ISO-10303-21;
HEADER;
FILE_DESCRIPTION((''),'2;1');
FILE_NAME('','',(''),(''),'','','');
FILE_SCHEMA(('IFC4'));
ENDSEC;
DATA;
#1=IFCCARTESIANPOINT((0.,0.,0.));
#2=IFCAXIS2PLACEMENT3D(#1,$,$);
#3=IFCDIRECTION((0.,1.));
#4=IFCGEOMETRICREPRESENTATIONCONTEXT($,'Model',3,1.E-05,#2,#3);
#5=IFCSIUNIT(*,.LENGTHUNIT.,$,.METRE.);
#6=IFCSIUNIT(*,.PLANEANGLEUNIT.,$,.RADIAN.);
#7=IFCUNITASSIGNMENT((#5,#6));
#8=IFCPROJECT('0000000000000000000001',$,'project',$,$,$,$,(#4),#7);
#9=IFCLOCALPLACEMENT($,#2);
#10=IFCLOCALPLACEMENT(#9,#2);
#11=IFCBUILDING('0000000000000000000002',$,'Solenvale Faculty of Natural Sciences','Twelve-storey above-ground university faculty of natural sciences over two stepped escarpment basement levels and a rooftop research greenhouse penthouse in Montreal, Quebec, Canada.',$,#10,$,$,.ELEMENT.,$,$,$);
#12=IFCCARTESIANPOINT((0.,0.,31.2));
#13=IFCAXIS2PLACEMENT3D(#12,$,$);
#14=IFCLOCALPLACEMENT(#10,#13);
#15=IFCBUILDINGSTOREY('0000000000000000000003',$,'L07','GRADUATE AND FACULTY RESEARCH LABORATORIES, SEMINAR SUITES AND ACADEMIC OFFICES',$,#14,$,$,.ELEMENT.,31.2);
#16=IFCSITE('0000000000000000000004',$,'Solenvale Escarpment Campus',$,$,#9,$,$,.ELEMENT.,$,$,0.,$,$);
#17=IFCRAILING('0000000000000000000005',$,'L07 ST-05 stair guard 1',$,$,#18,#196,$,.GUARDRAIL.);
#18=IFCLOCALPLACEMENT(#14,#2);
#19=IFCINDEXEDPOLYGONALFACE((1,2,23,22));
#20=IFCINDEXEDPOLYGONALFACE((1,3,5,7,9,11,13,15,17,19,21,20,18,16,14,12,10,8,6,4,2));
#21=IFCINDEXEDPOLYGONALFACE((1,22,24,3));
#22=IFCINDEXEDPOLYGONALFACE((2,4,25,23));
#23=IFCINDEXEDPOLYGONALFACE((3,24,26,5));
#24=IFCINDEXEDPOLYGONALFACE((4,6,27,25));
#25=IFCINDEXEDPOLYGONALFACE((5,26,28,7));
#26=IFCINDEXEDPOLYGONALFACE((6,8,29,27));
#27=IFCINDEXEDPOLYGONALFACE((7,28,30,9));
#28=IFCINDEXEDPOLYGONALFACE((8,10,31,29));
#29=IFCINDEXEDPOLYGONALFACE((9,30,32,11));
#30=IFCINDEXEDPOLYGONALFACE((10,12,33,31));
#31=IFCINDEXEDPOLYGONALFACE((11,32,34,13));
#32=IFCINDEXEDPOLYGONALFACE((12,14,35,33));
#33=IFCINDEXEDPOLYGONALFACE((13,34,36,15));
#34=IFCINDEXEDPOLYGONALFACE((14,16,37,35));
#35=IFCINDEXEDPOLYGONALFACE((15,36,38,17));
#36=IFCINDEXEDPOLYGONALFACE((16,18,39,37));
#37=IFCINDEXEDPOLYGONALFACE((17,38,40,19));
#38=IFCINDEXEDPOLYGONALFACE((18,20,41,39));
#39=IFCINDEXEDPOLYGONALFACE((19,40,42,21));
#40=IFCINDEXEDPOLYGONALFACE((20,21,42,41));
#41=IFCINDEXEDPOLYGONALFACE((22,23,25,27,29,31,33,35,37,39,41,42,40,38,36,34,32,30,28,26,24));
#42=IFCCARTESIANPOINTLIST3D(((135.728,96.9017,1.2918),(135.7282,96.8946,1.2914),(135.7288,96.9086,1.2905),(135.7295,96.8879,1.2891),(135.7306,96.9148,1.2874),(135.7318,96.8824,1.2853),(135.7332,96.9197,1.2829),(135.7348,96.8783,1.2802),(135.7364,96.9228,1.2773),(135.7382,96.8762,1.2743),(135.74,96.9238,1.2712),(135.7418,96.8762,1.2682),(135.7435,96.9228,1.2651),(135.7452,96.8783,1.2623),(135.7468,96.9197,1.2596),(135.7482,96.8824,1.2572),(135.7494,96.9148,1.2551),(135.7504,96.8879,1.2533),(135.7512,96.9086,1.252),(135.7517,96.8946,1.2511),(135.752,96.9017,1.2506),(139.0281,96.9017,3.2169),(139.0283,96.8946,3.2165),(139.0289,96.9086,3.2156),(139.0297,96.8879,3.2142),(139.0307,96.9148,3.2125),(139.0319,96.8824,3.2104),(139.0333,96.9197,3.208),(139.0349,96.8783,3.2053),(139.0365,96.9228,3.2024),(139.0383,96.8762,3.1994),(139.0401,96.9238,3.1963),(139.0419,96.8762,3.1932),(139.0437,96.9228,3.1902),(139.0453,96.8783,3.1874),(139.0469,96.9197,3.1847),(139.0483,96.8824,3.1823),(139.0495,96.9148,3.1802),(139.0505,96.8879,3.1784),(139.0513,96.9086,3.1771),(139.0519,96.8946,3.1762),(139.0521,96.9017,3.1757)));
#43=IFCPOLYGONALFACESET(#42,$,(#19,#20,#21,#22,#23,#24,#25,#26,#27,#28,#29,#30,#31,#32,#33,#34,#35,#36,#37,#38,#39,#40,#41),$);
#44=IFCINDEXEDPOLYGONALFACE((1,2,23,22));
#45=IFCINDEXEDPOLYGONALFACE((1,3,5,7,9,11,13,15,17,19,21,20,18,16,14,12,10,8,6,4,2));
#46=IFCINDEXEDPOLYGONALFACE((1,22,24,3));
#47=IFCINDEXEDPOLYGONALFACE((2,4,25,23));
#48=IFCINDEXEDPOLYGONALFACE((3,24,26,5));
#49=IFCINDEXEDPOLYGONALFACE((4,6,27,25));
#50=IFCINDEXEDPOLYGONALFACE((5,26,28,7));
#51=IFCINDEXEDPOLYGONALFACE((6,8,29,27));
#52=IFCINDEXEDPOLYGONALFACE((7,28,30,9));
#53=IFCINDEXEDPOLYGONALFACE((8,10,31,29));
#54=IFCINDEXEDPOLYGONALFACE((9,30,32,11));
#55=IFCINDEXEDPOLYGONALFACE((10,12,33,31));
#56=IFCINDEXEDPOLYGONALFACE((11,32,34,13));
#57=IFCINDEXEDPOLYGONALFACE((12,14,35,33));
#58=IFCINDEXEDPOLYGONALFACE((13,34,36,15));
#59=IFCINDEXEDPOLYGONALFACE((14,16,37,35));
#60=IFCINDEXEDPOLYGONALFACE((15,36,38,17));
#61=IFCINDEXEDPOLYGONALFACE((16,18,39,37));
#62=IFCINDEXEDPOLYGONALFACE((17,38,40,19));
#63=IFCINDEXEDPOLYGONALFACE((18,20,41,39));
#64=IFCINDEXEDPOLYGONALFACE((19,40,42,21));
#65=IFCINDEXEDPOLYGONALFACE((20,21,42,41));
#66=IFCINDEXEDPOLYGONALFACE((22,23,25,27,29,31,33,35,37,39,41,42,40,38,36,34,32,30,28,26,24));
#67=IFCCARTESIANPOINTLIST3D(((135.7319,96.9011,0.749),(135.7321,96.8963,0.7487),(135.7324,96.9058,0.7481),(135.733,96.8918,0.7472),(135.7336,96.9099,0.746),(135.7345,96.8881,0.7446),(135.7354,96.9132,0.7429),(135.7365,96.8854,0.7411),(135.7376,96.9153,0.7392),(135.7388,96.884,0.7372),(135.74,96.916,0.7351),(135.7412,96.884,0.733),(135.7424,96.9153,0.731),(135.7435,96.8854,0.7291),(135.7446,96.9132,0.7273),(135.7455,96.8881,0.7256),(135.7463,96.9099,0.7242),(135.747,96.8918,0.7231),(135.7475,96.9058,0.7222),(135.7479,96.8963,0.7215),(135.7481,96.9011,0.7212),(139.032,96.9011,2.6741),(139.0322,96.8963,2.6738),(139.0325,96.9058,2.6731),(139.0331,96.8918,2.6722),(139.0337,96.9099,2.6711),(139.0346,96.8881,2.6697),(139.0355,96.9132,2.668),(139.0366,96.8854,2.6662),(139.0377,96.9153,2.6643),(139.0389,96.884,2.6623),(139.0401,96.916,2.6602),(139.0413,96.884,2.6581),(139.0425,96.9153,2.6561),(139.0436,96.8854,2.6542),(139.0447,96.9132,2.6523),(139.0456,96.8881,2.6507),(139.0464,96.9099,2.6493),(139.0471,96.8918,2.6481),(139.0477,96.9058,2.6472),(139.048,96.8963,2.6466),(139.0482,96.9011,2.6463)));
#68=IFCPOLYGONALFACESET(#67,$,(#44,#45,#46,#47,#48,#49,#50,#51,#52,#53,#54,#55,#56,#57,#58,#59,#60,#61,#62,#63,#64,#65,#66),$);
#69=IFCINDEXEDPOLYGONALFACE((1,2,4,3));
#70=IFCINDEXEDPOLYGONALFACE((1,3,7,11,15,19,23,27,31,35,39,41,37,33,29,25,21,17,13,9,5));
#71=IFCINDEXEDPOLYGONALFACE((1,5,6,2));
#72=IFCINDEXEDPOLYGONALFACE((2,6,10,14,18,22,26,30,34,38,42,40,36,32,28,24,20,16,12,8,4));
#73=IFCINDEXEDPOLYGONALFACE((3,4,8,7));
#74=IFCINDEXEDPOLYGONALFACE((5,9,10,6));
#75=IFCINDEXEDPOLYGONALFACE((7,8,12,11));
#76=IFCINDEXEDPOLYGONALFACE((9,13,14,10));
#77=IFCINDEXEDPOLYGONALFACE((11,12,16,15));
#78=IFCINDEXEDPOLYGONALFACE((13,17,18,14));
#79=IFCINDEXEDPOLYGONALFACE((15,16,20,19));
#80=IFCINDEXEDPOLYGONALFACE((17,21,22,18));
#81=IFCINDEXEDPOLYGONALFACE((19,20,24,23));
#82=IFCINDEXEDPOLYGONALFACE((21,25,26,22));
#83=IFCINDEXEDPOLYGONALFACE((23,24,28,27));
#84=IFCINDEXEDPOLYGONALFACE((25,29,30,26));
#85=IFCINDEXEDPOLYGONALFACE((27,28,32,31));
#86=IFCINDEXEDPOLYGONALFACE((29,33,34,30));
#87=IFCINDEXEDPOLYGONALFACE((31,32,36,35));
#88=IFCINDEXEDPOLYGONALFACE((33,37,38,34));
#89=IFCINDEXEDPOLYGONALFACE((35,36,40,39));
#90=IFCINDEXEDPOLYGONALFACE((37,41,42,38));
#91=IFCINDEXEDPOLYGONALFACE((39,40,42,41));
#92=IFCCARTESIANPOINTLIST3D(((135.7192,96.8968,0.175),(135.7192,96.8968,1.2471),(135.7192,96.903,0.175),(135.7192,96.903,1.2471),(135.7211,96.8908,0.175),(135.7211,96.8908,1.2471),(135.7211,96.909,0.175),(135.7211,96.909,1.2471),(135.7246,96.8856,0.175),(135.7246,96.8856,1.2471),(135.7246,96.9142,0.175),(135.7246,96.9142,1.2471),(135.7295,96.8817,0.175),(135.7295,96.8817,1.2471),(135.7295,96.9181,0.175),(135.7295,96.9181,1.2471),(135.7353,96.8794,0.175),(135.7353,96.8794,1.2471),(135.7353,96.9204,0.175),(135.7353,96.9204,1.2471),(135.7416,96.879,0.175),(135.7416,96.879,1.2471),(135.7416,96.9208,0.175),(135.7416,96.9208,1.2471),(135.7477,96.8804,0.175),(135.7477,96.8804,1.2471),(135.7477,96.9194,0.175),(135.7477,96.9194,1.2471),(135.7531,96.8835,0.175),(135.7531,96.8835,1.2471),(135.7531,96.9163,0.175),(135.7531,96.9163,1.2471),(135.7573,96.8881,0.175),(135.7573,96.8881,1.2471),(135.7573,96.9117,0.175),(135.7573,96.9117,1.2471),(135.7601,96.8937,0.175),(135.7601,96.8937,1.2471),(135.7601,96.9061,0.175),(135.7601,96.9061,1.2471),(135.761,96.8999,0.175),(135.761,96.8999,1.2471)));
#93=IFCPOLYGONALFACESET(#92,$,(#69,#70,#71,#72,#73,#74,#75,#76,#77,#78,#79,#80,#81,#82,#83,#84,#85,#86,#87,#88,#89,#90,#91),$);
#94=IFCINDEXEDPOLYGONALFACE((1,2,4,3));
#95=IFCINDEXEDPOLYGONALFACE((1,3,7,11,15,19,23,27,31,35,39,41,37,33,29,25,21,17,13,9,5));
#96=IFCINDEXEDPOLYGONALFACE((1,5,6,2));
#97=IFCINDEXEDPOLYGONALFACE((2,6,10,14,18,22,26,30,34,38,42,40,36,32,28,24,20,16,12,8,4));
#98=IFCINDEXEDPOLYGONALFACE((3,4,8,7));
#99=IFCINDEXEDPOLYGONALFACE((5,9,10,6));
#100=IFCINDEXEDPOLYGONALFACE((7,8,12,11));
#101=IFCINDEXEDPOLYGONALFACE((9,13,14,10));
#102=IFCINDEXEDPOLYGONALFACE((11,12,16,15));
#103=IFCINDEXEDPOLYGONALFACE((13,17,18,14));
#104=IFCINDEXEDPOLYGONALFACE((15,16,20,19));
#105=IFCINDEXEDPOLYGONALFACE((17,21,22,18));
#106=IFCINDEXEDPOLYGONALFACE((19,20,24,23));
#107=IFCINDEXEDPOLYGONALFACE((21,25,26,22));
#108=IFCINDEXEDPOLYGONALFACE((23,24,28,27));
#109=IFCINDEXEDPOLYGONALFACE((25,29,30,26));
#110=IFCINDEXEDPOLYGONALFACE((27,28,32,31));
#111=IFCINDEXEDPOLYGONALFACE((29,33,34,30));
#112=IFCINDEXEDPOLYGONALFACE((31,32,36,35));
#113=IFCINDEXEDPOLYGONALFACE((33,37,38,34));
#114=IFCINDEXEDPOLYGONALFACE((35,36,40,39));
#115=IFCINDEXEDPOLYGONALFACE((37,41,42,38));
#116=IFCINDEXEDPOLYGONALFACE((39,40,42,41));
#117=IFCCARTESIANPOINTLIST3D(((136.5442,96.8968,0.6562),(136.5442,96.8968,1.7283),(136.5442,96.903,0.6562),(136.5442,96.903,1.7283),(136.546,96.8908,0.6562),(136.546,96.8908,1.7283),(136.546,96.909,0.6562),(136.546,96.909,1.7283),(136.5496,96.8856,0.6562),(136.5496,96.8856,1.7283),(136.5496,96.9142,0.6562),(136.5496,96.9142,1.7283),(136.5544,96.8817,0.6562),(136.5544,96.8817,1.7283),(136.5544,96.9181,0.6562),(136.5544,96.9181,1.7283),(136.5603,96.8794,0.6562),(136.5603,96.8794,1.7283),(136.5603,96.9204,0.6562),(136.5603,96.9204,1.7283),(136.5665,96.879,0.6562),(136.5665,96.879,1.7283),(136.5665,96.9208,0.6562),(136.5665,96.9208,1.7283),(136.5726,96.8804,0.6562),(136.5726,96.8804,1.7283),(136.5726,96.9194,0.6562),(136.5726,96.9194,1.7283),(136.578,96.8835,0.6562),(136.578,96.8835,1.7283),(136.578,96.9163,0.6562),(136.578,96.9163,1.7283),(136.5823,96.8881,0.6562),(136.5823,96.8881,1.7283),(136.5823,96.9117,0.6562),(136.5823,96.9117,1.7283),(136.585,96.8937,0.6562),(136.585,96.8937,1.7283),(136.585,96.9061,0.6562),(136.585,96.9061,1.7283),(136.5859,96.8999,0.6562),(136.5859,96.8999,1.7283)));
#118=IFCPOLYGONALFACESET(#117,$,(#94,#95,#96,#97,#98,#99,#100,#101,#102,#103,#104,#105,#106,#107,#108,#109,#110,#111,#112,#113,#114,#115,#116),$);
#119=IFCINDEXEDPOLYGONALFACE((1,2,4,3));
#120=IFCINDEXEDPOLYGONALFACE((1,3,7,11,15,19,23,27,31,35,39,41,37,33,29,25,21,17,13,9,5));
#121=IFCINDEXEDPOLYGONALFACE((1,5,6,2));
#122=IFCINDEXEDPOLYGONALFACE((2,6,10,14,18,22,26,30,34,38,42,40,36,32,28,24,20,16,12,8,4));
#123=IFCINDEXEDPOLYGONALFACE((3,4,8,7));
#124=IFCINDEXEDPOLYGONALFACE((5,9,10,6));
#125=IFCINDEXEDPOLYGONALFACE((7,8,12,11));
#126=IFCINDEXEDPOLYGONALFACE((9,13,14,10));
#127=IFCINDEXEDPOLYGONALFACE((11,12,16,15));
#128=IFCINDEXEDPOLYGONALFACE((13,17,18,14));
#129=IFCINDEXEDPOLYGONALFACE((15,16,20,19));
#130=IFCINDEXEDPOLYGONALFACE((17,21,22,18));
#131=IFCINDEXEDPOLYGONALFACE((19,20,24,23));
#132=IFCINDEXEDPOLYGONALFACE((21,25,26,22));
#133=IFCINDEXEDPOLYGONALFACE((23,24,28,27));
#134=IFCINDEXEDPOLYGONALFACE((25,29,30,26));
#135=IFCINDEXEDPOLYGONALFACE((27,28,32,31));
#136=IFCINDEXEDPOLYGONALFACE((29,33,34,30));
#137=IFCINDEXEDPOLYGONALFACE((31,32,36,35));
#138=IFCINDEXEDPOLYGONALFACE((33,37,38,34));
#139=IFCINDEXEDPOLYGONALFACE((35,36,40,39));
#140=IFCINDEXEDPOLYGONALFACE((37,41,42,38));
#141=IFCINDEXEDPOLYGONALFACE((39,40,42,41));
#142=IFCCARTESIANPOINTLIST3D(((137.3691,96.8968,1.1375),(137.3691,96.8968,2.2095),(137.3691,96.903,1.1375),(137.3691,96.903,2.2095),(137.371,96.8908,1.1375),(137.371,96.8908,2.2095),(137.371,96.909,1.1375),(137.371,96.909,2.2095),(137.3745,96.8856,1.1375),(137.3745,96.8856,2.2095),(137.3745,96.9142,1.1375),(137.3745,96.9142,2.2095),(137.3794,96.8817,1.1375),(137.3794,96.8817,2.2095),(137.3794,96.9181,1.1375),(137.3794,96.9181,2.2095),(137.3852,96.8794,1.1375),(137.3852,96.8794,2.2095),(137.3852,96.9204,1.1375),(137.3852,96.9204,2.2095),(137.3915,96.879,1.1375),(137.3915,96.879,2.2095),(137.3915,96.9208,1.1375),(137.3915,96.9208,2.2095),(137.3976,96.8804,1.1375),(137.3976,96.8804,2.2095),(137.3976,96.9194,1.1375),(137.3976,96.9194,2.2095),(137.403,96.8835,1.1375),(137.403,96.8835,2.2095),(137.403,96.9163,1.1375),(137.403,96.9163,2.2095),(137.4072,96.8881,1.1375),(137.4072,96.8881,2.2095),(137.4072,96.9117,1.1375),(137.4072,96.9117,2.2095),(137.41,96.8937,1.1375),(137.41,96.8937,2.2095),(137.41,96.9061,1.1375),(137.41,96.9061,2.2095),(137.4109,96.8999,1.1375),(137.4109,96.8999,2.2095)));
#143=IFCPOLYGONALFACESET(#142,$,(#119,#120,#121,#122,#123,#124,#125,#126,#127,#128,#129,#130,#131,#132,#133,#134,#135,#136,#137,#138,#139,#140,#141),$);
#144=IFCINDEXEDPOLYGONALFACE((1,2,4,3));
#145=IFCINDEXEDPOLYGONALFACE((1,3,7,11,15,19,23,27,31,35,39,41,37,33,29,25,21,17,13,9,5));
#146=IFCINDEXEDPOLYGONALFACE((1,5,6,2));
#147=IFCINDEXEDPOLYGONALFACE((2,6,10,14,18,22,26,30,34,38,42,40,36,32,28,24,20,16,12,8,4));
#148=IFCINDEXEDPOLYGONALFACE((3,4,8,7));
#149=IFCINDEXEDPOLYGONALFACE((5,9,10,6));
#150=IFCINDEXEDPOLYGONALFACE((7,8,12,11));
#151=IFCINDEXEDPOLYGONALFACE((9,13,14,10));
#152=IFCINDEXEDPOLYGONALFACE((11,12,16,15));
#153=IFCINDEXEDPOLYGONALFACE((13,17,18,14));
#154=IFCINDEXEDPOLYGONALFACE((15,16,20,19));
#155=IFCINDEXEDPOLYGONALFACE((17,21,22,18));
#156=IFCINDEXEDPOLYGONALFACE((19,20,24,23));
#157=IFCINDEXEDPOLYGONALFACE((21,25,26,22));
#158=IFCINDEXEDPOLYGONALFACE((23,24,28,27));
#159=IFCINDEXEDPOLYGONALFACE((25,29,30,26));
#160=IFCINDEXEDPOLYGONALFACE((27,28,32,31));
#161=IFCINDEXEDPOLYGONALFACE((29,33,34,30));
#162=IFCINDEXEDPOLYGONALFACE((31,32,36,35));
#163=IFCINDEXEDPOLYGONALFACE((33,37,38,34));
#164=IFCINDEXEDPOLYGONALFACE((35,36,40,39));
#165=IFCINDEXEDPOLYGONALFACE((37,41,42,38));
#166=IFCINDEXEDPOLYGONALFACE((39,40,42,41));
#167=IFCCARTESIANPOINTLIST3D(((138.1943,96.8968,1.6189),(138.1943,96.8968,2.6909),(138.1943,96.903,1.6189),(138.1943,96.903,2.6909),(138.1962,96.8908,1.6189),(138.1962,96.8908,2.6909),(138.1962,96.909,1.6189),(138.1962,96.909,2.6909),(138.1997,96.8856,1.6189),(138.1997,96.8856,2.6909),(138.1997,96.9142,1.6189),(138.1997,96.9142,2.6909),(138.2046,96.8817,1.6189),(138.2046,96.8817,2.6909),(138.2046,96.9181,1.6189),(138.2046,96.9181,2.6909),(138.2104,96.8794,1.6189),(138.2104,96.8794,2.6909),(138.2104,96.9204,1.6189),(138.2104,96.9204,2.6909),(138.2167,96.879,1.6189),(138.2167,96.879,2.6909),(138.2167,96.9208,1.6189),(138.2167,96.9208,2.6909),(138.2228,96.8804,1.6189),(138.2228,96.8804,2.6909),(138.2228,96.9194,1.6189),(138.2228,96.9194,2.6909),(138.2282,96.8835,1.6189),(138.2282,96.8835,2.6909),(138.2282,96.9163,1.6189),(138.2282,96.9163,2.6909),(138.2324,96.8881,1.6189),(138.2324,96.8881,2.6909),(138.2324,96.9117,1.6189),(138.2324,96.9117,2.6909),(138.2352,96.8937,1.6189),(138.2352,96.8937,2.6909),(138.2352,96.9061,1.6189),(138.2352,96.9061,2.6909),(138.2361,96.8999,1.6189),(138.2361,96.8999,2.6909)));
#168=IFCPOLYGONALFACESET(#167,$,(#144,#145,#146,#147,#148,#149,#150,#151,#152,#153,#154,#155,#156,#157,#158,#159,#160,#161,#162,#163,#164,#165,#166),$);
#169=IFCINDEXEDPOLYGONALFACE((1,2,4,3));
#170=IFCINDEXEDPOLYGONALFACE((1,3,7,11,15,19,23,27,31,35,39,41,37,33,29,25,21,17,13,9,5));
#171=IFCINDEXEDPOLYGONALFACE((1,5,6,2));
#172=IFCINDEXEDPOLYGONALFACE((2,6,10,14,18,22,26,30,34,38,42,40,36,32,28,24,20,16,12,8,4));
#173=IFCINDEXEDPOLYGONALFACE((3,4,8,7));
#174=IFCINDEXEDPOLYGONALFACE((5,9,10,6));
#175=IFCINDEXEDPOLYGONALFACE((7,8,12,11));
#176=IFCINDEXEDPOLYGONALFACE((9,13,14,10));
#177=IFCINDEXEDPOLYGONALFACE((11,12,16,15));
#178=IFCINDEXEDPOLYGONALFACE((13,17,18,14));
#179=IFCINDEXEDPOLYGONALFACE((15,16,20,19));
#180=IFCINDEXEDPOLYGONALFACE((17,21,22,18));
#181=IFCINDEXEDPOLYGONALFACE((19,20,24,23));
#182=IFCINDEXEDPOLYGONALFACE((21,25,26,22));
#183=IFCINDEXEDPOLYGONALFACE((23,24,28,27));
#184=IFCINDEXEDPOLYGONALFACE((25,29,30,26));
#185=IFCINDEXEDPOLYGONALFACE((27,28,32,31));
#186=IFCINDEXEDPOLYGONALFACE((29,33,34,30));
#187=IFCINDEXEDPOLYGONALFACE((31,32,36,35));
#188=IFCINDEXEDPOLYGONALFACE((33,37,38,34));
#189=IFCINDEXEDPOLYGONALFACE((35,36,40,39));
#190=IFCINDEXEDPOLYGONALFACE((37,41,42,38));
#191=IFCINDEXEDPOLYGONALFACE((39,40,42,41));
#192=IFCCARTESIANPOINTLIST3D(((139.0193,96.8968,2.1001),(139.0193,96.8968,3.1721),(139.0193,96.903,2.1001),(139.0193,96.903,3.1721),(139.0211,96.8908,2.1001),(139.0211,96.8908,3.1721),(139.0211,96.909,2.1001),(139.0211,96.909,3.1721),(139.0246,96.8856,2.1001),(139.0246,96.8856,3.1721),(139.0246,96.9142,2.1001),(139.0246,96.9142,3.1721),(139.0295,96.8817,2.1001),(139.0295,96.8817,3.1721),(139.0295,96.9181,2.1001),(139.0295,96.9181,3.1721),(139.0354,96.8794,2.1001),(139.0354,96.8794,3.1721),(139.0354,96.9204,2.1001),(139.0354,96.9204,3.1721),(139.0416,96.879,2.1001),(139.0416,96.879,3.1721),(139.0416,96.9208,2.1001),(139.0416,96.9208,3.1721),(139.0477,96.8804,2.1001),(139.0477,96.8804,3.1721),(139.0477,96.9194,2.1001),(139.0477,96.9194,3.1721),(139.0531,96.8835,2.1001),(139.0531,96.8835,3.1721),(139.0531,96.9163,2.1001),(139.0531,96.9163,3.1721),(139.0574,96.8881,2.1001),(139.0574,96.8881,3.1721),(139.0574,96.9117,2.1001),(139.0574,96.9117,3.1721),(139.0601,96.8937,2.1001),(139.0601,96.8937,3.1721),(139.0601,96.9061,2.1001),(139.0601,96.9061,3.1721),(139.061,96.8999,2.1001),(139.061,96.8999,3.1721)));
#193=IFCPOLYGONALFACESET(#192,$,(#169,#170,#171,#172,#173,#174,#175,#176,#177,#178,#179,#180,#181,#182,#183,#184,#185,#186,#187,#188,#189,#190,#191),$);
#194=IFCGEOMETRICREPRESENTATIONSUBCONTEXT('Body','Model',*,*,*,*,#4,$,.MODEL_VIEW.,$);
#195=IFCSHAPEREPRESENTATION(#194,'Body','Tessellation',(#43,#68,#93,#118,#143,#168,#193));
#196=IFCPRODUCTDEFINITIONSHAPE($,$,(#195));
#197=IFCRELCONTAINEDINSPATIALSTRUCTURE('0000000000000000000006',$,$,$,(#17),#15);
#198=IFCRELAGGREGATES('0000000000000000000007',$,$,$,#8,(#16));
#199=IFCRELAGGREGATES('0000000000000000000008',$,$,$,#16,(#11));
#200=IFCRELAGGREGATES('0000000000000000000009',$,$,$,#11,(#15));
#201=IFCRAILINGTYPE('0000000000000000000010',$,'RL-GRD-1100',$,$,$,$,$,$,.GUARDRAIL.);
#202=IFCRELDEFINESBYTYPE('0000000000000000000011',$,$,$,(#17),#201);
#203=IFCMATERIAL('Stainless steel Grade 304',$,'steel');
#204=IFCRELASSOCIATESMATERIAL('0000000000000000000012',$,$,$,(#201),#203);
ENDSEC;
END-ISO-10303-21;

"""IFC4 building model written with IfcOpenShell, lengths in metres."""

from ifc_helpers import new_model, si_unit, direction, frame, origin, origin_2d, place, context, subcontext, project, spatial, circle, extrude, material, type_object, element, save


model = new_model("IFC4")

# Units and contexts
model_context = context("Model", 3, precision=1e-05, world=origin(), true_north=direction((0.0, 1.0)))
body_context = subcontext(model_context, "Body", "Model", "MODEL_VIEW")
ifc_project = project(units=[si_unit("LENGTHUNIT", "METRE"), si_unit("PLANEANGLEUNIT", "RADIAN")], contexts=[model_context])

# Site, building, storey
site_placement = place(None, origin())
site = spatial("IfcSite", under=ifc_project, at=site_placement, Name="Solenvale Escarpment Campus", CompositionType="ELEMENT", RefElevation=0.0)
building_placement = place(site_placement, origin())
building = spatial("IfcBuilding", under=site, at=building_placement, Name="Solenvale Faculty of Natural Sciences", Description="Twelve-storey above-ground university faculty of natural sciences over two stepped escarpment basement levels and a rooftop research greenhouse penthouse in Montreal, Quebec, Canada.", CompositionType="ELEMENT")
storey_placement = place(building_placement, frame((0.0, 0.0, 31.2)))
storey = spatial("IfcBuildingStorey", under=building, at=storey_placement, Name="L07", Description="GRADUATE AND FACULTY RESEARCH LABORATORIES, SEMINAR SUITES AND ACADEMIC OFFICES", CompositionType="ELEMENT", Elevation=31.2)

# Railing
ifc_material_1 = material(Name="Stainless steel Grade 304", Category="steel")
railing_type_1 = type_object("IfcRailingType", Name="RL-GRD-1100", PredefinedType="GUARDRAIL", material=ifc_material_1)
railing_1_placement = place(storey_placement, frame((135.74, 96.8999, 0.175)))
element("IfcRailing", 1, at=railing_1_placement, inside=storey, type_object=railing_type_1, Name="L07 ST-05 stair guard 1", PredefinedType="GUARDRAIL", context=body_context, shape_type="SweptSolid", body=[
    extrude(circle(Radius=0.0239, at=origin_2d()), frame((0.0, 0.0, 1.0962), z_axis=(0.863777, 0.0, 0.503875), x_axis=(0.0, 1.0, 0.0)), (0.0, 0.0, 1.0), 3.8206),
    extrude(circle(Radius=0.0161, at=origin_2d()), frame((0.0, 0.0, 0.5601), z_axis=(0.863777, 0.0, 0.503875), x_axis=(0.0, 1.0, 0.0)), (0.0, 0.0, 1.0), 3.8206),
    extrude(circle(Radius=0.021, at=origin_2d()), origin(), (0.0, 0.0, 1.0), 1.072),
    extrude(circle(Radius=0.021, at=origin_2d()), frame((0.825, 0.0, 0.4812)), (0.0, 0.0, 1.0), 1.072),
    extrude(circle(Radius=0.021, at=origin_2d()), frame((1.6499, 0.0, 0.9624)), (0.0, 0.0, 1.0), 1.072),
    extrude(circle(Radius=0.021, at=origin_2d()), frame((2.4751, 0.0, 1.4438)), (0.0, 0.0, 1.0), 1.072),
    extrude(circle(Radius=0.021, at=origin_2d()), frame((3.3, 0.0, 1.925)), (0.0, 0.0, 1.0), 1.072),
])

save(model, "model.ifc")
